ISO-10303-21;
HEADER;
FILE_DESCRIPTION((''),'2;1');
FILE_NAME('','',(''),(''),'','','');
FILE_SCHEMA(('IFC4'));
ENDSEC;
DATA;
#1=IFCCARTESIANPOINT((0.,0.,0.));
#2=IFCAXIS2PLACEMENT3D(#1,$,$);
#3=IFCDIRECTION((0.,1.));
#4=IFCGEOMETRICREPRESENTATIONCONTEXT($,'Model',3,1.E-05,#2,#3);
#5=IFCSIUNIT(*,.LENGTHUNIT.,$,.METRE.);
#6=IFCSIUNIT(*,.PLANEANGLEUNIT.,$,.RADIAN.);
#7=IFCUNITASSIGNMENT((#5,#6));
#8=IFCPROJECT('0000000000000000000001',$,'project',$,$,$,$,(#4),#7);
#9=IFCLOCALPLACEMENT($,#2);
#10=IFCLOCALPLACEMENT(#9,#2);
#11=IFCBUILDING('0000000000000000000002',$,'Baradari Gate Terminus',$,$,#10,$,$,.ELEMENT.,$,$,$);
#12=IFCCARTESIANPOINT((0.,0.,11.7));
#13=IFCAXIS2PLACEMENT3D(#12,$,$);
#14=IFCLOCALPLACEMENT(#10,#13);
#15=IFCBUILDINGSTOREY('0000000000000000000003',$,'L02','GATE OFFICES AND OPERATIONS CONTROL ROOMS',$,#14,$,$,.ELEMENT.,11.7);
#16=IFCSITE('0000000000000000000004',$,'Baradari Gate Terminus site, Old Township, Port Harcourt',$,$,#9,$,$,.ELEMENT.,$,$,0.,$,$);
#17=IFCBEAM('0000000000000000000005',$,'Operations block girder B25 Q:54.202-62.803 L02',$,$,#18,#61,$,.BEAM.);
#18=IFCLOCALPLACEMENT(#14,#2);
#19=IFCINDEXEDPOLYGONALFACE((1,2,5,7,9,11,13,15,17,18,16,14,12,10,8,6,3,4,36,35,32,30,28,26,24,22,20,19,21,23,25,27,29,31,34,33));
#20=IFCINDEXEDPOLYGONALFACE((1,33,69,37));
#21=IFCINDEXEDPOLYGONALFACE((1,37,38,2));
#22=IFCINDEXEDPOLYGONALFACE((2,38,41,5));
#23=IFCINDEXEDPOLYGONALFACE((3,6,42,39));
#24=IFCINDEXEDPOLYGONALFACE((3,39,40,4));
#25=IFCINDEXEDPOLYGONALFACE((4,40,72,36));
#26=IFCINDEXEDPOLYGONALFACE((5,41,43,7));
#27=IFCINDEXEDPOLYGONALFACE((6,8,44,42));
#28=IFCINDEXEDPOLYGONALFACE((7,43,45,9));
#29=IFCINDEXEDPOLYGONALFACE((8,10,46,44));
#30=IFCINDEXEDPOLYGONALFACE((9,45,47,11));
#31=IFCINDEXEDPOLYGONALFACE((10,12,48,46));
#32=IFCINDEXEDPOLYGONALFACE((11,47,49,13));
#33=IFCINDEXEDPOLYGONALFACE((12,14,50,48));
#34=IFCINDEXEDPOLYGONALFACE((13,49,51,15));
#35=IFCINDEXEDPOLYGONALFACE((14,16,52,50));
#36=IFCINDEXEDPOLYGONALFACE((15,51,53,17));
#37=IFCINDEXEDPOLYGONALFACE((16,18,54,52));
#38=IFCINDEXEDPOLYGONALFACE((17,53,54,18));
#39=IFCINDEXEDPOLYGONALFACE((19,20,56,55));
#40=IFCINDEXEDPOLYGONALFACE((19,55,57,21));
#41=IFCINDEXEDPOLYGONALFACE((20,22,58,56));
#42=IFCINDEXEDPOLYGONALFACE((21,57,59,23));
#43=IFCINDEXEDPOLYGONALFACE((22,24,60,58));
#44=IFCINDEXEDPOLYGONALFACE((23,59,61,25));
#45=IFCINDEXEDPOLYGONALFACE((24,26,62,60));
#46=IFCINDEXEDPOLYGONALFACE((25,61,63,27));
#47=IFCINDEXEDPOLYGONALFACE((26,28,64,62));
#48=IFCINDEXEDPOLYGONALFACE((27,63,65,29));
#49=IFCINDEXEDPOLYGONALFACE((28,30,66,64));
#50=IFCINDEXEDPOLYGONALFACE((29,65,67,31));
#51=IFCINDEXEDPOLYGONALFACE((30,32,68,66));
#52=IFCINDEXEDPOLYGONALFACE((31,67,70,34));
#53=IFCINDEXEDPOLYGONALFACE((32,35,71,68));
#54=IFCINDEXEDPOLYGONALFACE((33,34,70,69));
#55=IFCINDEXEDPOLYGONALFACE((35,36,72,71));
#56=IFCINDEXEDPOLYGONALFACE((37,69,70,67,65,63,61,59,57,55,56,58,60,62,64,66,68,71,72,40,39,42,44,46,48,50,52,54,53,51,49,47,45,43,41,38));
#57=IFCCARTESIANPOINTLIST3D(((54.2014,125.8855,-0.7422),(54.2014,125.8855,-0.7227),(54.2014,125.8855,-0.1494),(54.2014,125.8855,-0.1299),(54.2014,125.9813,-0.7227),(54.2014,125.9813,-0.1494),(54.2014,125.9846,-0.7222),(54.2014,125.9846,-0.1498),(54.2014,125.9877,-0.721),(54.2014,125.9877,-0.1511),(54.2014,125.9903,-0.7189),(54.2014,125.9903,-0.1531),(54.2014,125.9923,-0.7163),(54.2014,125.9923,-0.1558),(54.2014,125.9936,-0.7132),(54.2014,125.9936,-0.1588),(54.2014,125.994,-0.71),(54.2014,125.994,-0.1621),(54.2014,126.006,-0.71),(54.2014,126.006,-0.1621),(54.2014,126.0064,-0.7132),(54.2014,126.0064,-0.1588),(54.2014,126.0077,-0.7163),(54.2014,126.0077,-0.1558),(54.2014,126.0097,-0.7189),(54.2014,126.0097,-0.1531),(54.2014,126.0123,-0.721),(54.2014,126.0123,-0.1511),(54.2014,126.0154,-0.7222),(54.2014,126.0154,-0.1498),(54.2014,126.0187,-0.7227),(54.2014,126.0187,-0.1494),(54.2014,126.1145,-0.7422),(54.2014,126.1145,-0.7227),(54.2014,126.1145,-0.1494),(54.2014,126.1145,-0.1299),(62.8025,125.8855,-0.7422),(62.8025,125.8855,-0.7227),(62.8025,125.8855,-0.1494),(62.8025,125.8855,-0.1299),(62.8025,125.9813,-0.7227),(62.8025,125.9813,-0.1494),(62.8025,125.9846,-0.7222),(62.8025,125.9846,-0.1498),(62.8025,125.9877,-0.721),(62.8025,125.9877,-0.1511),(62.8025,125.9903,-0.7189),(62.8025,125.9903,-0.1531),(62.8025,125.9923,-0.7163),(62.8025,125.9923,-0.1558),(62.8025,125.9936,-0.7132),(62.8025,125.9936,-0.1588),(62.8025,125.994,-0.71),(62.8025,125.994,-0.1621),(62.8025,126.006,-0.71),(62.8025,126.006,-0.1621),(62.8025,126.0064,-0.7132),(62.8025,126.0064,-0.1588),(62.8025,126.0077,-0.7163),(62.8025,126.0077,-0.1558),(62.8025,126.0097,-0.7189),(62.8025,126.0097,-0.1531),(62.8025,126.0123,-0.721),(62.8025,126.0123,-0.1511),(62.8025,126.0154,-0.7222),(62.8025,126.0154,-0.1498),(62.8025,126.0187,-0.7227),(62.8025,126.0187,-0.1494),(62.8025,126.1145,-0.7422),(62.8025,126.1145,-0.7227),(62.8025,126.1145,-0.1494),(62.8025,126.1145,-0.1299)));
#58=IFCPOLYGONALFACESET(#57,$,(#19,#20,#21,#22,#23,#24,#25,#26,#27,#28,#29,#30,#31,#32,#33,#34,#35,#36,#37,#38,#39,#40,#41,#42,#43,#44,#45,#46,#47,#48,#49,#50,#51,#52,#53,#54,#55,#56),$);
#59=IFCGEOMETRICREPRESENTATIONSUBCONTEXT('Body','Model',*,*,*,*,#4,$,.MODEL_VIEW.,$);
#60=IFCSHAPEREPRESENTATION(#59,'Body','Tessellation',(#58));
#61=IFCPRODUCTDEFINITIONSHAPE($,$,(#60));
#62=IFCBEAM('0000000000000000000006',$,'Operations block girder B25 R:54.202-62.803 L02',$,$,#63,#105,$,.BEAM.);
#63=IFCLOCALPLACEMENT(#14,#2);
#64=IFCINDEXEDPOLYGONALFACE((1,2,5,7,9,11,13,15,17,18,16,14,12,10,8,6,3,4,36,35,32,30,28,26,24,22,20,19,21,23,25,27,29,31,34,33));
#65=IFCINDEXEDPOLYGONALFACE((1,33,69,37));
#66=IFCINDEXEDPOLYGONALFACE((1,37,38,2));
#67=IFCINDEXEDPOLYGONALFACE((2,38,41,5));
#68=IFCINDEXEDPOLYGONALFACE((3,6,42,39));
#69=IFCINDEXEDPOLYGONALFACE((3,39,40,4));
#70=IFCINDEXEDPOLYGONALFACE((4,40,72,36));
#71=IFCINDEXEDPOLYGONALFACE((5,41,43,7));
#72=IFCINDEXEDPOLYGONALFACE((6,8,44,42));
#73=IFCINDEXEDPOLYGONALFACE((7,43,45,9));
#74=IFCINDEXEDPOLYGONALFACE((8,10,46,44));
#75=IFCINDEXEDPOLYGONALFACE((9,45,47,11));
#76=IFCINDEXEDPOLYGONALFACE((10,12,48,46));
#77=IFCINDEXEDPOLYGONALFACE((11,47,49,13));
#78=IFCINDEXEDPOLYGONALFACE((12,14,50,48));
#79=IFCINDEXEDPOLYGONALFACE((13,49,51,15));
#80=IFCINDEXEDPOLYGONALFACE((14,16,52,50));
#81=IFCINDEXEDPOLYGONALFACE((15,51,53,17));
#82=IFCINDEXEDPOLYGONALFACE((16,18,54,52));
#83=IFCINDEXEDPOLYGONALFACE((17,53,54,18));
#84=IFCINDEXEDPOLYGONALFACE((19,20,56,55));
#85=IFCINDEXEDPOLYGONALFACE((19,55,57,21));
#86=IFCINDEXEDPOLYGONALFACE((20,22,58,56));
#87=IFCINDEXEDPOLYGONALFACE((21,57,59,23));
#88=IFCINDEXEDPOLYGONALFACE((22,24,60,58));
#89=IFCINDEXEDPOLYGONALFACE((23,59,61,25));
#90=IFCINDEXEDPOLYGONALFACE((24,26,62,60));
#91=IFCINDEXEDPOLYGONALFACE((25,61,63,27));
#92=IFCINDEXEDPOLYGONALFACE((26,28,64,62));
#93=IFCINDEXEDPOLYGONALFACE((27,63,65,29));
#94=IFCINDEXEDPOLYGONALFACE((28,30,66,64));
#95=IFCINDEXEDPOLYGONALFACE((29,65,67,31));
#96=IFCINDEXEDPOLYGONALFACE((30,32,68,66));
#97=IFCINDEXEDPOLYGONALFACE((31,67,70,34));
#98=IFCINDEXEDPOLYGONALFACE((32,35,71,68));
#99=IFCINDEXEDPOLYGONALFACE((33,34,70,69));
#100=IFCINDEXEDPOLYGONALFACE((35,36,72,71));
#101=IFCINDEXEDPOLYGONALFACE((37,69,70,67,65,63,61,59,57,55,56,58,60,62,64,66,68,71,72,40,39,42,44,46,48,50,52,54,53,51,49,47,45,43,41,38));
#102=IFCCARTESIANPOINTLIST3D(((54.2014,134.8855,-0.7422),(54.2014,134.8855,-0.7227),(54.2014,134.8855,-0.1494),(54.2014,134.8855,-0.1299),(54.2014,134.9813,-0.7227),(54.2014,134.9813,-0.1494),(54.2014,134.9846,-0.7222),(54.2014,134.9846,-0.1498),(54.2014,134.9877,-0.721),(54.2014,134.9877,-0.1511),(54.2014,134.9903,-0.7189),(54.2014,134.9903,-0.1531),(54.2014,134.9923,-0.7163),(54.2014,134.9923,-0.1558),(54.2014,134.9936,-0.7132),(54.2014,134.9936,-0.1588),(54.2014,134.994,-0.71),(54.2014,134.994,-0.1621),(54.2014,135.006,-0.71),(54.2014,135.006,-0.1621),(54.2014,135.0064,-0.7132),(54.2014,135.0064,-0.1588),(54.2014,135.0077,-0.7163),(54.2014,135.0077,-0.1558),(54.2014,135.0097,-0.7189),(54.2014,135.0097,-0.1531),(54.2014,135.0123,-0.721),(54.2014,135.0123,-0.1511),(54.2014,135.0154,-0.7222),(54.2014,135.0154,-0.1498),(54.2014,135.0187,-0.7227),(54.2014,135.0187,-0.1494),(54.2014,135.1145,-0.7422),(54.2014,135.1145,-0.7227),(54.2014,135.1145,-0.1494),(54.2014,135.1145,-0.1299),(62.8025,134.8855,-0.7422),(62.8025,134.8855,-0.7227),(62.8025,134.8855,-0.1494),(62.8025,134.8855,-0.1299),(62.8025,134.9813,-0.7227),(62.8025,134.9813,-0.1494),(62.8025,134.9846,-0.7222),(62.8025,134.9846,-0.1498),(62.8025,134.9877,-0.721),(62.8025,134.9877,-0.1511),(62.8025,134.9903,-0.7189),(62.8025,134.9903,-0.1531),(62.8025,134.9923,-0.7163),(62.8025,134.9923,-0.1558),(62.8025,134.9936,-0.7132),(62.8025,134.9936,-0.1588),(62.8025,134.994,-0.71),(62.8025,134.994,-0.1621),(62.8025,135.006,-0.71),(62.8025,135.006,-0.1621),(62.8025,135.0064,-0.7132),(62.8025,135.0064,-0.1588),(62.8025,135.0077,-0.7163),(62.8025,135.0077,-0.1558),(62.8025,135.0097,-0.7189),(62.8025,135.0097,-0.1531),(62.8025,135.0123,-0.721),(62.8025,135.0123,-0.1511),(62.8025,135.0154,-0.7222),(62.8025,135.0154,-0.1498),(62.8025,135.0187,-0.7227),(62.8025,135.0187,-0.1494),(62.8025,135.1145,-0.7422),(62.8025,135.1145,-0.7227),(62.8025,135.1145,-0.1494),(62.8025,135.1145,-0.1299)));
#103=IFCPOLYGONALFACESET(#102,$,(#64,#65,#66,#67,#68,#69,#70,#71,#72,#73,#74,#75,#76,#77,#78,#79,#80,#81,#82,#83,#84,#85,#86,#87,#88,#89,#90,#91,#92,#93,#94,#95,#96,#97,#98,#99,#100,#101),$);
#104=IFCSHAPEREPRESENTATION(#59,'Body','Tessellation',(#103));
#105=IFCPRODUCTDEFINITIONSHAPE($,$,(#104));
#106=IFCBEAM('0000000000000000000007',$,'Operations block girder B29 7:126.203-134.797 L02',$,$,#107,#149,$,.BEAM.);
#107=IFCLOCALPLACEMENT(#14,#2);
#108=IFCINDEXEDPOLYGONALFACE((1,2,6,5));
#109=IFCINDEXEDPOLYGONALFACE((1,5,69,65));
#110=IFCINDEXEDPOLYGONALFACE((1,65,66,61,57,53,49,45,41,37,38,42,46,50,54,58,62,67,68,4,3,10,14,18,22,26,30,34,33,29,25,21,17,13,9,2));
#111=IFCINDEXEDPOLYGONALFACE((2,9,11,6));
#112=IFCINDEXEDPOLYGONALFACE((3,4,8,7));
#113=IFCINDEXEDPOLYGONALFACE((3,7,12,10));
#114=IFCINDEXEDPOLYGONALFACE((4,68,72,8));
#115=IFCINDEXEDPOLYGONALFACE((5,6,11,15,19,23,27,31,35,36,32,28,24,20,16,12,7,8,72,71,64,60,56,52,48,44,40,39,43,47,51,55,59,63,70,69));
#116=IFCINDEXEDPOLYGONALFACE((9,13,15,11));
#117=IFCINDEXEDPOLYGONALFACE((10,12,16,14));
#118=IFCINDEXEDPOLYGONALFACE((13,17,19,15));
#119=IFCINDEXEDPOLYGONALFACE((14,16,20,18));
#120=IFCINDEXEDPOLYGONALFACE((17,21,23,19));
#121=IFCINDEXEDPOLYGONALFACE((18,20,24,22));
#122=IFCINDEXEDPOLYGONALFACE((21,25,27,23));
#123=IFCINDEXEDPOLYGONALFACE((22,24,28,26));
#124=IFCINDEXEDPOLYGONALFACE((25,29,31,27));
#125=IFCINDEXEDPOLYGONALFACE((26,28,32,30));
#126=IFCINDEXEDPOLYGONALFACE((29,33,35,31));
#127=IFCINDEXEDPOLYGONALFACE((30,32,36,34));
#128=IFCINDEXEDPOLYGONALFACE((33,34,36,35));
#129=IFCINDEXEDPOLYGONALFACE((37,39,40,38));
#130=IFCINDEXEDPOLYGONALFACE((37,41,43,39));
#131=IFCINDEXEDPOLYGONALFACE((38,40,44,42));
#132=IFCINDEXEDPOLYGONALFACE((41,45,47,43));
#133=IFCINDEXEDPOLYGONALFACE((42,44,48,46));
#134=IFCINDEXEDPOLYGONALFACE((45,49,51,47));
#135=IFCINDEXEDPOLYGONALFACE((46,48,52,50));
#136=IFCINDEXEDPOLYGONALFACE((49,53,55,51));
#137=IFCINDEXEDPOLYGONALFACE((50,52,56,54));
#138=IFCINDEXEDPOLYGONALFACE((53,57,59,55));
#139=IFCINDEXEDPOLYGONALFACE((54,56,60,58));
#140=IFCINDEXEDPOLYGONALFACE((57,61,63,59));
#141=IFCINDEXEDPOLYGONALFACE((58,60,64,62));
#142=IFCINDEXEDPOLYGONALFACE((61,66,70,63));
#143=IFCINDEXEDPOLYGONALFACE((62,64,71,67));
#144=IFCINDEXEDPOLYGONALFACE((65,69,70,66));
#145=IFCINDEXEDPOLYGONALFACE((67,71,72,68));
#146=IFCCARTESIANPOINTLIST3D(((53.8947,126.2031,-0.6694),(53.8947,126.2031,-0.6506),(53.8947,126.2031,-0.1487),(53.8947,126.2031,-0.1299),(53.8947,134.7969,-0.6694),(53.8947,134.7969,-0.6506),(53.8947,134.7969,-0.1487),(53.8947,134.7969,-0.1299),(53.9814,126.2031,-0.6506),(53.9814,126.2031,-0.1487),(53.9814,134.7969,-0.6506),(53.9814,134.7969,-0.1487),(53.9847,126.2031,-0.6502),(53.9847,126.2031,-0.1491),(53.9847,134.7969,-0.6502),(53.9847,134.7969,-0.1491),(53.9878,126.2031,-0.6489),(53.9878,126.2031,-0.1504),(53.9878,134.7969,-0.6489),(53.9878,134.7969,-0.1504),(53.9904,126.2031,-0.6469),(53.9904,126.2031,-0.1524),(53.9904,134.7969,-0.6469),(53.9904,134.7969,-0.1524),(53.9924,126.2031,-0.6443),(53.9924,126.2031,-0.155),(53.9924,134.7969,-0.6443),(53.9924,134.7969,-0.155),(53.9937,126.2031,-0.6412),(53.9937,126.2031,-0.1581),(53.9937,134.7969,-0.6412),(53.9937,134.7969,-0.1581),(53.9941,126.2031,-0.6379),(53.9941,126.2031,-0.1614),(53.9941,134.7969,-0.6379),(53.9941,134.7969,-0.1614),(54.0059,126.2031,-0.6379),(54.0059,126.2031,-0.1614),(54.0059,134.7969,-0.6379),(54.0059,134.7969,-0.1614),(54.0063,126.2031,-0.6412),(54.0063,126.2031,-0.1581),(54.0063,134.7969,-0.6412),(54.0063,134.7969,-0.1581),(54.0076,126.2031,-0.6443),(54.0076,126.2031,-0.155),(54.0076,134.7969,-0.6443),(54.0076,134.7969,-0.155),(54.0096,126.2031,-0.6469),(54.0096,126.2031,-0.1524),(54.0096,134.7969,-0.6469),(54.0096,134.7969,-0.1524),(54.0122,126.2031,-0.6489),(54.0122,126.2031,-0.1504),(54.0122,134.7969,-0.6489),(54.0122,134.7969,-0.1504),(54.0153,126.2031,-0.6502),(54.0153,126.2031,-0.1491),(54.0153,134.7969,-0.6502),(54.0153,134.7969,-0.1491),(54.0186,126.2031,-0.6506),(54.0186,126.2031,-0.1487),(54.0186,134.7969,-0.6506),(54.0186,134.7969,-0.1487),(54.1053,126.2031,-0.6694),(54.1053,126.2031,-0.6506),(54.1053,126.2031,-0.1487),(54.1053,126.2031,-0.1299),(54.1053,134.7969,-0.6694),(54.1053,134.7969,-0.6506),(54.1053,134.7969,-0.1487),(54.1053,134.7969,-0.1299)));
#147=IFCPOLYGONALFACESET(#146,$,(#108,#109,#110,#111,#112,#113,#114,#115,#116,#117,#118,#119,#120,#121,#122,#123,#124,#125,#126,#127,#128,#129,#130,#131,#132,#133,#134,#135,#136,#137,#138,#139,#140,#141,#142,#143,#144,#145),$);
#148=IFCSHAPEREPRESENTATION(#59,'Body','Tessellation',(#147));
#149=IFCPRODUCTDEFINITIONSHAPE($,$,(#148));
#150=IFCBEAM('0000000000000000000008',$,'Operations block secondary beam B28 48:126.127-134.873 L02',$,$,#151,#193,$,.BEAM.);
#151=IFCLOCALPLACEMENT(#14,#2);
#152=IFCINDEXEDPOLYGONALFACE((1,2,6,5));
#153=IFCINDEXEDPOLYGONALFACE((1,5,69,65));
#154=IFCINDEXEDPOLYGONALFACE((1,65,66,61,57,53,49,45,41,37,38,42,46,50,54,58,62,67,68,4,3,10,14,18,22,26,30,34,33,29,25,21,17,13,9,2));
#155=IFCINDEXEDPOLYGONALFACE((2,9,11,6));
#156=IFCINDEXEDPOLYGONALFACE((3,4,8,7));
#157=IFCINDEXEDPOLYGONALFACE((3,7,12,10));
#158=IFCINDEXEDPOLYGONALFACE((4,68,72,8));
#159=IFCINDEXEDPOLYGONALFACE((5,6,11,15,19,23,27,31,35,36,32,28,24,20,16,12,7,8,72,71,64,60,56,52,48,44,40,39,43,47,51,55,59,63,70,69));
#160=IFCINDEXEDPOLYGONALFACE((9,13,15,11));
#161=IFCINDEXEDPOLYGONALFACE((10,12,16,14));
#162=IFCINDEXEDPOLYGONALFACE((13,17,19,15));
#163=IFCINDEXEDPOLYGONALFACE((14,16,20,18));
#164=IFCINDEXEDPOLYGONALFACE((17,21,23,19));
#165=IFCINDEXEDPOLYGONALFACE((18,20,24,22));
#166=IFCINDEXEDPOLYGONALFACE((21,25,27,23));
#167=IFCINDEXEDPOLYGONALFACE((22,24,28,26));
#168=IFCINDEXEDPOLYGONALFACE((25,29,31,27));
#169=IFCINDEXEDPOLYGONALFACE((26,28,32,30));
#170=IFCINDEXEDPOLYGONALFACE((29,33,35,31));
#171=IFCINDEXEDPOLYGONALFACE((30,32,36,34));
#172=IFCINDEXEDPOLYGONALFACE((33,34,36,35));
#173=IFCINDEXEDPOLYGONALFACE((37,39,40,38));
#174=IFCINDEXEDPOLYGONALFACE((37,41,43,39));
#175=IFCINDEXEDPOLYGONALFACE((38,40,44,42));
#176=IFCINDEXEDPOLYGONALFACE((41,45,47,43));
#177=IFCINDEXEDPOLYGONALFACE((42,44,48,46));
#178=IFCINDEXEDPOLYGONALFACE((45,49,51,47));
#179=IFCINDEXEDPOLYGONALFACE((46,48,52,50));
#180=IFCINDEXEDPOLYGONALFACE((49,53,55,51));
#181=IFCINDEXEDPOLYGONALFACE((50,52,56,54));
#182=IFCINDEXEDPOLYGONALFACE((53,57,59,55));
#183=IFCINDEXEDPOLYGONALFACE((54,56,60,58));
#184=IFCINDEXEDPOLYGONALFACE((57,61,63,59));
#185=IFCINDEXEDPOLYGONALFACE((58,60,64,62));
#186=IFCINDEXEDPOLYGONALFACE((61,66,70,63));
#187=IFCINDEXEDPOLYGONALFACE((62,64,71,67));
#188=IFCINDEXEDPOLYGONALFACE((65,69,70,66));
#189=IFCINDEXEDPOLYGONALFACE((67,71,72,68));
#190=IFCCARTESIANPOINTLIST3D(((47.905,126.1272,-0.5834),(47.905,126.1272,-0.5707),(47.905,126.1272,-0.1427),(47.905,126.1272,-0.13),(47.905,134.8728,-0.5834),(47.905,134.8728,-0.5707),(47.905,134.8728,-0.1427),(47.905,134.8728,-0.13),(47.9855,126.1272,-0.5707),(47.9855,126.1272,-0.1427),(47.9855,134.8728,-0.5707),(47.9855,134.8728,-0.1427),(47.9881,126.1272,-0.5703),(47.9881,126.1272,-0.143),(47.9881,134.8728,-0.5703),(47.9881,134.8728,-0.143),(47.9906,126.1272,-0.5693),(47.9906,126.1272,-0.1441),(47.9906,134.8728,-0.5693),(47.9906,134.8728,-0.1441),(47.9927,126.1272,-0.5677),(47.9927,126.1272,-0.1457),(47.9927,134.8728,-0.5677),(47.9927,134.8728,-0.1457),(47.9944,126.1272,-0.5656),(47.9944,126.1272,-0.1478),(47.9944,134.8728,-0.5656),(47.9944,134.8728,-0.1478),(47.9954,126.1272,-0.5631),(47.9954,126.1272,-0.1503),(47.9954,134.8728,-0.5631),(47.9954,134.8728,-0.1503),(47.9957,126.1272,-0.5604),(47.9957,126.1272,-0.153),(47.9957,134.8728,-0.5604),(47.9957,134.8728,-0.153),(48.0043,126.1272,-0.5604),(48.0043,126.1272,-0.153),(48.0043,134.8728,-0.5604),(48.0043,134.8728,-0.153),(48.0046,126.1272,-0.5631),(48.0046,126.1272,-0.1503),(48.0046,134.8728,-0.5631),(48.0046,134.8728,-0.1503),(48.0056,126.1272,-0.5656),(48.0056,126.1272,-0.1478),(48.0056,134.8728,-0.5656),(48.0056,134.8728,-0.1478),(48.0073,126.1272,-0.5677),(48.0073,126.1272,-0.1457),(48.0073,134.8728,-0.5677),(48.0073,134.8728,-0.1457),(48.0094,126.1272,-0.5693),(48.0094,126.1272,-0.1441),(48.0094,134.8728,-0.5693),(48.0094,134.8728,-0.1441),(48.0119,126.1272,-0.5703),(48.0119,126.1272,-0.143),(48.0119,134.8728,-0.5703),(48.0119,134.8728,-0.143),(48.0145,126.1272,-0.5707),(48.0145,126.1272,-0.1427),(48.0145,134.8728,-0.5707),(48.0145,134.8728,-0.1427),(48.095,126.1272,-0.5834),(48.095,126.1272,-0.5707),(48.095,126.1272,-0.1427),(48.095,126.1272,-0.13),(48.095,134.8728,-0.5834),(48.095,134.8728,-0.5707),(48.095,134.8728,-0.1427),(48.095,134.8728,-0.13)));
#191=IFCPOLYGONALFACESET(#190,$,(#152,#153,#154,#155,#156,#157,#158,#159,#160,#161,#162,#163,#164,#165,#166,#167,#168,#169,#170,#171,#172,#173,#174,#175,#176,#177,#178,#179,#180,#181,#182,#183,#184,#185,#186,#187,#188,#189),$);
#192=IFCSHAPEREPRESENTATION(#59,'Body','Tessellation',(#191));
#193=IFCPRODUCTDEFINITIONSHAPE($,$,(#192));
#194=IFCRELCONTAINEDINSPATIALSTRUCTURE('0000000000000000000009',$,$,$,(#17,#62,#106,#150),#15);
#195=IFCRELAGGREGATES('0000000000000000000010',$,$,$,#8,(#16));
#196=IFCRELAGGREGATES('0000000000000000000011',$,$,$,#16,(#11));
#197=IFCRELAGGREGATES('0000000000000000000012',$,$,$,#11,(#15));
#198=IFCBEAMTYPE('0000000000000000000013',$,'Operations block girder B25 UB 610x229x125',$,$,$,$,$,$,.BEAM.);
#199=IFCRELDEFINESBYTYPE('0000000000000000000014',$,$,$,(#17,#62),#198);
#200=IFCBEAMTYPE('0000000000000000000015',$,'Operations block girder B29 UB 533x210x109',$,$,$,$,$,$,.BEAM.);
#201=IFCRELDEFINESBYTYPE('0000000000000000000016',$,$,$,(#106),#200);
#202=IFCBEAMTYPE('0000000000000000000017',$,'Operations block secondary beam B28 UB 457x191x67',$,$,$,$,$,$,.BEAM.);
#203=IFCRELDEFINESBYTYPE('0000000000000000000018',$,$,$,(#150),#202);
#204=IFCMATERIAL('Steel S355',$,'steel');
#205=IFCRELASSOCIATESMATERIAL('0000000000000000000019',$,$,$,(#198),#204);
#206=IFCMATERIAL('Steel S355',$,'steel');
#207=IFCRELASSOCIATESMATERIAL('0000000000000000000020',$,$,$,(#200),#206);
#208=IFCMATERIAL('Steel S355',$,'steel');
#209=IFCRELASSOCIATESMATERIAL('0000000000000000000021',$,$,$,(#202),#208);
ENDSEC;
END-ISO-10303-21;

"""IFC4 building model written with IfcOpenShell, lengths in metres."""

from ifc_helpers import new_model, si_unit, direction, frame, origin, origin_2d, place, context, subcontext, project, spatial, i_section, extrude, material, material_profile, profile_set, type_object, element, save


model = new_model("IFC4")

# Units and contexts
model_context = context("Model", 3, precision=1e-05, world=origin(), true_north=direction((0.0, 1.0)))
body_context = subcontext(model_context, "Body", "Model", "MODEL_VIEW")
ifc_project = project(units=[si_unit("LENGTHUNIT", "METRE"), si_unit("PLANEANGLEUNIT", "RADIAN")], contexts=[model_context])

# Site, building, storey
site_placement = place(None, origin())
site = spatial("IfcSite", under=ifc_project, at=site_placement, Name="Baradari Gate Terminus site, Old Township, Port Harcourt", CompositionType="ELEMENT", RefElevation=0.0)
building_placement = place(site_placement, origin())
building = spatial("IfcBuilding", under=site, at=building_placement, Name="Baradari Gate Terminus", CompositionType="ELEMENT")
storey_placement = place(building_placement, frame((0.0, 0.0, 11.7)))
storey = spatial("IfcBuildingStorey", under=building, at=storey_placement, Name="L02", Description="GATE OFFICES AND OPERATIONS CONTROL ROOMS", CompositionType="ELEMENT", Elevation=11.7)

# Beams
ifc_material_1 = material(Name="Steel S355", Category="steel")
ifc_material_profile_1 = material_profile(ifc_material_1, i_section(OverallWidth=0.229, OverallDepth=0.6123, WebThickness=0.012, FlangeThickness=0.0195, FilletRadius=0.0127, at=origin_2d()), Name="UB 610x229x125")
ifc_profile_set_1 = profile_set([ifc_material_profile_1], Name="Steel S355")
beam_type_1 = type_object("IfcBeamType", Name="Operations block girder B25 UB 610x229x125", PredefinedType="BEAM", material=ifc_profile_set_1)
for number, where, z_axis, x_axis, name in (
    (1, (54.2014, 126.0, -0.436), (1.0, 0.0, 0.0), (0.0, 1.0, 0.0), "Operations block girder B25 Q:54.202-62.803 L02"),
    (2, (54.2014, 135.0, -0.436), (1.0, 0.0, 0.0), (0.0, 1.0, 0.0), "Operations block girder B25 R:54.202-62.803 L02"),
):
    element("IfcBeam", number, at=place(storey_placement, frame(where, z_axis=z_axis, x_axis=x_axis)), inside=storey, type_object=beam_type_1, Name=name, PredefinedType="BEAM", context=body_context, shape_type="SweptSolid", body=[
        extrude(i_section(OverallWidth=0.229, OverallDepth=0.6123, WebThickness=0.012, FlangeThickness=0.0195, FilletRadius=0.0127, at=origin_2d()), origin(), (0.0, 0.0, 1.0), 8.6011),
    ])
ifc_material_2 = material(Name="Steel S355", Category="steel")
ifc_material_profile_2 = material_profile(ifc_material_2, i_section(OverallWidth=0.2107, OverallDepth=0.5396, WebThickness=0.0117, FlangeThickness=0.0188, FilletRadius=0.0127, at=origin_2d()), Name="UB 533x210x109")
ifc_profile_set_2 = profile_set([ifc_material_profile_2], Name="Steel S355")
beam_type_2 = type_object("IfcBeamType", Name="Operations block girder B29 UB 533x210x109", PredefinedType="BEAM", material=ifc_profile_set_2)
beam_1_placement = place(storey_placement, frame((54.0, 126.2031, -0.3997), z_axis=(0.0, 1.0, 0.0), x_axis=(-1.0, 0.0, 0.0)))
element("IfcBeam", 3, at=beam_1_placement, inside=storey, type_object=beam_type_2, Name="Operations block girder B29 7:126.203-134.797 L02", PredefinedType="BEAM", context=body_context, shape_type="SweptSolid", body=[
    extrude(i_section(OverallWidth=0.2107, OverallDepth=0.5396, WebThickness=0.0117, FlangeThickness=0.0188, FilletRadius=0.0127, at=origin_2d()), origin(), (0.0, 0.0, 1.0), 8.5938),
])
ifc_material_3 = material(Name="Steel S355", Category="steel")
ifc_material_profile_3 = material_profile(ifc_material_3, i_section(OverallWidth=0.1899, OverallDepth=0.4534, WebThickness=0.0085, FlangeThickness=0.0127, FilletRadius=0.0103, at=origin_2d()), Name="UB 457x191x67")
ifc_profile_set_3 = profile_set([ifc_material_profile_3], Name="Steel S355")
beam_type_3 = type_object("IfcBeamType", Name="Operations block secondary beam B28 UB 457x191x67", PredefinedType="BEAM", material=ifc_profile_set_3)
for number, where, z_axis, x_axis, name in (
    (4, (48.0, 126.1272, -0.3567), (0.0, 1.0, 0.0), (-1.0, 0.0, 0.0), "Operations block secondary beam B28 48:126.127-134.873 L02"),
):
    element("IfcBeam", number, at=place(storey_placement, frame(where, z_axis=z_axis, x_axis=x_axis)), inside=storey, type_object=beam_type_3, Name=name, PredefinedType="BEAM", context=body_context, shape_type="SweptSolid", body=[
        extrude(i_section(OverallWidth=0.1899, OverallDepth=0.4534, WebThickness=0.0085, FlangeThickness=0.0127, FilletRadius=0.0103, at=origin_2d()), origin(), (0.0, 0.0, 1.0), 8.7456),
    ])

save(model, "model.ifc")
